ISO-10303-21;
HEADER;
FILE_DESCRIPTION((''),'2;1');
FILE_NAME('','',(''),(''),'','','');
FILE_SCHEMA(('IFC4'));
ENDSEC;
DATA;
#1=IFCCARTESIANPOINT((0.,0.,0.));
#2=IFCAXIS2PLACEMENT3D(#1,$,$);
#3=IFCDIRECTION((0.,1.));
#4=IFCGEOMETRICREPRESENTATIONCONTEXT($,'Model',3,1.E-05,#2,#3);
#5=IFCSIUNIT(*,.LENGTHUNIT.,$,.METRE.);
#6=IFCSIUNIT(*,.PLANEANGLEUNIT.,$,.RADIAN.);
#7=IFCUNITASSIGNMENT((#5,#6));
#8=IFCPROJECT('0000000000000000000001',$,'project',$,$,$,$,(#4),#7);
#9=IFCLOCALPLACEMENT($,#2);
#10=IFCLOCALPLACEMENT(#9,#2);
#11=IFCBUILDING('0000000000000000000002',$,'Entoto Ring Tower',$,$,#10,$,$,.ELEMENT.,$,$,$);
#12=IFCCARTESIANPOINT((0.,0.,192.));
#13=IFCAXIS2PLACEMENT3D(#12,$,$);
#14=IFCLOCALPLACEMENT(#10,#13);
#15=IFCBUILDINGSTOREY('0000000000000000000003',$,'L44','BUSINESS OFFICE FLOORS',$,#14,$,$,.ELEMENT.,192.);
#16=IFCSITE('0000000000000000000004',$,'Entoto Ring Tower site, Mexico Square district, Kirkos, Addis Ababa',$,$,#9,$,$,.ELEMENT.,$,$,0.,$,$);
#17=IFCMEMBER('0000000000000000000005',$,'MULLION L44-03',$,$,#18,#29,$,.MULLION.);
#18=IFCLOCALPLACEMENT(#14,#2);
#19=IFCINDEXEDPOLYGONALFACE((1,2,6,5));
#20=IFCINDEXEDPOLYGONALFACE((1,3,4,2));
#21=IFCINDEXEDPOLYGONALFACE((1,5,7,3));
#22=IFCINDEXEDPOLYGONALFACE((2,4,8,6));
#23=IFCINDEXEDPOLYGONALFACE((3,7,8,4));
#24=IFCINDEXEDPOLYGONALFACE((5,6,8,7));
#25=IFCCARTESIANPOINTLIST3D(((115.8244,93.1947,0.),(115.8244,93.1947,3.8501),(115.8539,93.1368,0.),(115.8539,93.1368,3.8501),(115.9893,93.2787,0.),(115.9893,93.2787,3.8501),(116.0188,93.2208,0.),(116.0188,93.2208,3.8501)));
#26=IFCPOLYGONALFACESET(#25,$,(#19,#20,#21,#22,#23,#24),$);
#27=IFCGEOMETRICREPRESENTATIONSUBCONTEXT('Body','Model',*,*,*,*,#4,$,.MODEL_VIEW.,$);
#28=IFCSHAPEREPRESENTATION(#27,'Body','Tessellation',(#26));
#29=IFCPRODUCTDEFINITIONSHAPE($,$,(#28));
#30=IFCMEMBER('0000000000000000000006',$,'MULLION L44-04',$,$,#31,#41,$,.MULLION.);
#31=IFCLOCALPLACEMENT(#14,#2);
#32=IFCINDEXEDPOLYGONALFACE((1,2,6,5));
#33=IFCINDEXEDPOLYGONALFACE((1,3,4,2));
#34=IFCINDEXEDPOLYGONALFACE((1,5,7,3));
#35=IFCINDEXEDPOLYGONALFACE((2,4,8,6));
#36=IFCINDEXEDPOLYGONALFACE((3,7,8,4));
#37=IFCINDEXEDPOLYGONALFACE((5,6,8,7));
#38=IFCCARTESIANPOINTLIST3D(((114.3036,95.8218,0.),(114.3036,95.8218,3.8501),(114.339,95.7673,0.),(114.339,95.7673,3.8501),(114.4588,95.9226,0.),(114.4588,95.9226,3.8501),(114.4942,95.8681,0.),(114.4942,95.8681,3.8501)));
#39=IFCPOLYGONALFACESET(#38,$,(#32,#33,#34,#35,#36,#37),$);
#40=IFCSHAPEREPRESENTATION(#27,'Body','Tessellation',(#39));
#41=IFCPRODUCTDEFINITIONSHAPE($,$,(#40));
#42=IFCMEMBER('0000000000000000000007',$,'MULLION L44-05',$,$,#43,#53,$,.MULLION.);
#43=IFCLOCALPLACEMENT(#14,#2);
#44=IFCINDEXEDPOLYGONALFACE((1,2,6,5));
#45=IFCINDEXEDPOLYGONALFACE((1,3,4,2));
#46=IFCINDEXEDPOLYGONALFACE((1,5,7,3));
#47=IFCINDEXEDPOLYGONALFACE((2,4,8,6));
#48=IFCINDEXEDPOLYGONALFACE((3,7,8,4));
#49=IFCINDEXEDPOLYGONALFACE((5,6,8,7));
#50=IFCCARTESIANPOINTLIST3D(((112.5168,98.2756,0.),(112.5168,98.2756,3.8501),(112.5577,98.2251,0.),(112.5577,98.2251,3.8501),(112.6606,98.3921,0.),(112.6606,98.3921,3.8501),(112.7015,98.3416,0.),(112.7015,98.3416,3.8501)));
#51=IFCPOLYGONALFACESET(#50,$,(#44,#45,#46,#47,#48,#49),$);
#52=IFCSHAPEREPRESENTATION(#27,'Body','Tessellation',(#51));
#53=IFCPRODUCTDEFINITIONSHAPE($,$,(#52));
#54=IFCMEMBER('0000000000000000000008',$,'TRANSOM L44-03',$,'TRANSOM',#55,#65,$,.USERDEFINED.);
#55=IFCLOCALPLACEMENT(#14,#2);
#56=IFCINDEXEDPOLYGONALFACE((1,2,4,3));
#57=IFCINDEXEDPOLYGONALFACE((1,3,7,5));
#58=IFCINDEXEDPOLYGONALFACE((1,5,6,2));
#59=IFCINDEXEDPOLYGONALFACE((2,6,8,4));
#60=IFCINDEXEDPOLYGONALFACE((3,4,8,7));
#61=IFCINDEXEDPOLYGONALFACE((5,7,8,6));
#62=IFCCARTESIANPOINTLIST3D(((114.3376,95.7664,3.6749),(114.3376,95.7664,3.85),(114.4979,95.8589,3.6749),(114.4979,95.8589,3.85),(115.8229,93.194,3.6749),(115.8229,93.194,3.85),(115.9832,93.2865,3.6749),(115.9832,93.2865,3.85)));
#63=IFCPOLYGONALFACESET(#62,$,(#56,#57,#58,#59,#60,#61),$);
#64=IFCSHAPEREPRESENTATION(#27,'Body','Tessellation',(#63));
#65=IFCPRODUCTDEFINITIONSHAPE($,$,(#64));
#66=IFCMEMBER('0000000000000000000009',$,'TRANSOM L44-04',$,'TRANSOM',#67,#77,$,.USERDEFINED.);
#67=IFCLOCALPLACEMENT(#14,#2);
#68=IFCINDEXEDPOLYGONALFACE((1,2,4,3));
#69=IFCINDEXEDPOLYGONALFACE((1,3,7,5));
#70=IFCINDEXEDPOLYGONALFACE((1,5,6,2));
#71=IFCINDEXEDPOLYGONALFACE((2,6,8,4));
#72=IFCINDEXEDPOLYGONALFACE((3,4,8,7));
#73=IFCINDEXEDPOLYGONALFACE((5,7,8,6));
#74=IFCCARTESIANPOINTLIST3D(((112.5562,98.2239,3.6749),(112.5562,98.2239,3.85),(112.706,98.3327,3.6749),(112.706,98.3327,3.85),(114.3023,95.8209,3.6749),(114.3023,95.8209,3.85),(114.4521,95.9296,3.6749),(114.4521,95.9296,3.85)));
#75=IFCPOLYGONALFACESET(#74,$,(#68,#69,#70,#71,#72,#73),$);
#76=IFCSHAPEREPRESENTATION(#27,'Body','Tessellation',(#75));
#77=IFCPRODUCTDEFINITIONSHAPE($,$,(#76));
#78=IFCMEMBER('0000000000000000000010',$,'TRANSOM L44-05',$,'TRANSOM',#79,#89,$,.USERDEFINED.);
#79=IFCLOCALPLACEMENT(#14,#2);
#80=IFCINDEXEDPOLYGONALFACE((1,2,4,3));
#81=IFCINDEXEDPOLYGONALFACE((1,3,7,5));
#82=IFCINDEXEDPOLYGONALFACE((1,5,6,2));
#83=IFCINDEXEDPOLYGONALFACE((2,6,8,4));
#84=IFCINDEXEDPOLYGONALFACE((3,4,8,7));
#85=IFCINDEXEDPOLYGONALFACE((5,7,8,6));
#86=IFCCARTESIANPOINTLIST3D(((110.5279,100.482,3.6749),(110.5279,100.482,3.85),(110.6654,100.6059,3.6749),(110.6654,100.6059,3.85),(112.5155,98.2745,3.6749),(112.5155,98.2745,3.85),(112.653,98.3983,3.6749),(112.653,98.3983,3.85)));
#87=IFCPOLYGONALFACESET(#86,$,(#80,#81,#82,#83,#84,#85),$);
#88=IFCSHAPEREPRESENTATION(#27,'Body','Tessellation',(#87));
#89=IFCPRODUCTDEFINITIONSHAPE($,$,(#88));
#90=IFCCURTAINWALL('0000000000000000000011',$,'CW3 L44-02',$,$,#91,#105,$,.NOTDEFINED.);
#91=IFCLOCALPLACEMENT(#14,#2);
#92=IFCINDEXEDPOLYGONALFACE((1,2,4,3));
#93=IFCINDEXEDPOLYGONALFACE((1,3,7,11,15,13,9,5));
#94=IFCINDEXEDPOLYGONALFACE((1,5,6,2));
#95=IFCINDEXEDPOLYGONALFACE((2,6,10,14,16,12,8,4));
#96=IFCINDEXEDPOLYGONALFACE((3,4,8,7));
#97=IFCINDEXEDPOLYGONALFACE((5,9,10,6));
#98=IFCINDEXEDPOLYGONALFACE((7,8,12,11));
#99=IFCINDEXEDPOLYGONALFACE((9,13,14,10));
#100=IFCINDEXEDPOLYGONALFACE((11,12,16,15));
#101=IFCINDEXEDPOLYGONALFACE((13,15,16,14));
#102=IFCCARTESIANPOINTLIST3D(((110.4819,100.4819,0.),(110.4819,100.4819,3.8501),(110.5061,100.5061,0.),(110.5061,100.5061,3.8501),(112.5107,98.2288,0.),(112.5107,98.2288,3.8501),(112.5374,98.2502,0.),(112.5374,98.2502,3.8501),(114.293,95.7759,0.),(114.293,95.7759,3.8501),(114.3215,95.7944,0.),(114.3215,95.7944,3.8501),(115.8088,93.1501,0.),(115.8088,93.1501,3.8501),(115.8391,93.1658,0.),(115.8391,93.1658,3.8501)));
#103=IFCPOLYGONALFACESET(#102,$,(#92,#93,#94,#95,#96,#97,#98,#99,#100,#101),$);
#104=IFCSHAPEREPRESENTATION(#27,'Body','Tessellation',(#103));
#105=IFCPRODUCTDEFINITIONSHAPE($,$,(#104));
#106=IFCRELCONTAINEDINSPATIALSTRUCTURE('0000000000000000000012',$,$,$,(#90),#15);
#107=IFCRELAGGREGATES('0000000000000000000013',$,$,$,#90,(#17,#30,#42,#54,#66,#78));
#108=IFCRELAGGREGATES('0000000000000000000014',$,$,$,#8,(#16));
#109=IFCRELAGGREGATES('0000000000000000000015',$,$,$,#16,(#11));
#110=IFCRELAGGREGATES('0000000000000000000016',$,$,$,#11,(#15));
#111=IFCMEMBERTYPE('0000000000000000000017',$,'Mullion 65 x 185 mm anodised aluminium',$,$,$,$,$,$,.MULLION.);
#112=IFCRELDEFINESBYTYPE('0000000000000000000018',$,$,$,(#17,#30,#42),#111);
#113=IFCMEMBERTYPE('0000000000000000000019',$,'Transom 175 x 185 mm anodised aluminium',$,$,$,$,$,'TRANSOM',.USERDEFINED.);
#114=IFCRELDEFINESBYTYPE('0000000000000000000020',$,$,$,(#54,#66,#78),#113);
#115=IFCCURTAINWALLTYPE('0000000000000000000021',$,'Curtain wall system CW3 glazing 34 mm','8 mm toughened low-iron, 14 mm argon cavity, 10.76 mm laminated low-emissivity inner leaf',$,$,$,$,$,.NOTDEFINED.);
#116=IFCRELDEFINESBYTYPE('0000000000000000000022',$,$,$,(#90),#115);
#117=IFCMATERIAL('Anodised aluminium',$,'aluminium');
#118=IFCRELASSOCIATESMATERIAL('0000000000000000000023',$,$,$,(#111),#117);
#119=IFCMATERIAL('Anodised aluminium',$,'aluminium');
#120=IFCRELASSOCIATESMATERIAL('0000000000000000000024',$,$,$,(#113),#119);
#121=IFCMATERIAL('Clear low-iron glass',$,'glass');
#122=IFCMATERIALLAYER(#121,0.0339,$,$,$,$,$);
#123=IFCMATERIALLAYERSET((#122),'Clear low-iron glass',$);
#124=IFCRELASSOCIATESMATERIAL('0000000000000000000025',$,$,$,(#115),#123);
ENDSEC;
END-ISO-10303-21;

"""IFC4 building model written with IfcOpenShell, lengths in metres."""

from ifc_helpers import new_model, si_unit, direction, frame, origin, origin_2d, place, context, subcontext, project, spatial, polyline, rectangle, outline, extrude, material, layer, layer_set, material_profile, profile_set, type_object, element, aggregate, save


model = new_model("IFC4")

# Units and contexts
model_context = context("Model", 3, precision=1e-05, world=origin(), true_north=direction((0.0, 1.0)))
body_context = subcontext(model_context, "Body", "Model", "MODEL_VIEW")
ifc_project = project(units=[si_unit("LENGTHUNIT", "METRE"), si_unit("PLANEANGLEUNIT", "RADIAN")], contexts=[model_context])

# Members
ifc_material_1 = material(Name="Anodised aluminium", Category="aluminium")
ifc_material_profile_1 = material_profile(ifc_material_1, rectangle(XDim=0.0649, YDim=0.1851, at=origin_2d()), Name="Mullion 65 x 185 mm anodised aluminium")
ifc_profile_set_1 = profile_set([ifc_material_profile_1], Name="Anodised aluminium")
member_type_1 = type_object("IfcMemberType", Name="Mullion 65 x 185 mm anodised aluminium", PredefinedType="MULLION", material=ifc_profile_set_1)
site_placement = place(None, origin())
building_placement = place(site_placement, origin())
storey_placement = place(building_placement, frame((0.0, 0.0, 192.0)))
member_1_placement = place(storey_placement, frame((115.9216, 93.2078, 0.0), z_axis=(0.0, 0.0, 1.0), x_axis=(-0.45399, 0.891007, 0.0)))
member_1 = element("IfcMember", 1, at=member_1_placement, type_object=member_type_1, Name="MULLION L44-03", PredefinedType="MULLION", context=body_context, shape_type="SweptSolid", body=[
    extrude(rectangle(XDim=0.0649, YDim=0.1851, at=origin_2d()), origin(), (0.0, 0.0, 1.0), 3.8501),
])
member_2_placement = place(storey_placement, frame((114.3989, 95.845, 0.0), z_axis=(0.0, 0.0, 1.0), x_axis=(-0.544639, 0.838671, 0.0)))
member_2 = element("IfcMember", 2, at=member_2_placement, type_object=member_type_1, Name="MULLION L44-04", PredefinedType="MULLION", context=body_context, shape_type="SweptSolid", body=[
    extrude(rectangle(XDim=0.0649, YDim=0.1851, at=origin_2d()), origin(), (0.0, 0.0, 1.0), 3.8501),
])
member_3_placement = place(storey_placement, frame((112.6091, 98.3086, 0.0), z_axis=(0.0, 0.0, 1.0), x_axis=(-0.62932, 0.777146, 0.0)))
member_3 = element("IfcMember", 3, at=member_3_placement, type_object=member_type_1, Name="MULLION L44-05", PredefinedType="MULLION", context=body_context, shape_type="SweptSolid", body=[
    extrude(rectangle(XDim=0.0649, YDim=0.1851, at=origin_2d()), origin(), (0.0, 0.0, 1.0), 3.8501),
])
ifc_material_2 = material(Name="Anodised aluminium", Category="aluminium")
ifc_material_profile_2 = material_profile(ifc_material_2, rectangle(XDim=0.1851, YDim=0.175, at=origin_2d()), Name="Transom 175 x 185 mm anodised aluminium")
ifc_profile_set_2 = profile_set([ifc_material_profile_2], Name="Anodised aluminium")
member_type_2 = type_object("IfcMemberType", Name="Transom 175 x 185 mm anodised aluminium", ElementType="TRANSOM", PredefinedType="USERDEFINED", material=ifc_profile_set_2)
member_4_placement = place(storey_placement, frame((115.9031, 93.2402, 3.7625), z_axis=(-0.500028, 0.866009, 0.0), x_axis=(-0.866009, -0.500028, 0.0)))
member_4 = element("IfcMember", 4, at=member_4_placement, type_object=member_type_2, Name="TRANSOM L44-03", ObjectType="TRANSOM", PredefinedType="USERDEFINED", context=body_context, shape_type="SweptSolid", body=[
    extrude(rectangle(XDim=0.1851, YDim=0.175, at=origin_2d()), origin(), (0.0, 0.0, 1.0), 2.9705),
])
member_5_placement = place(storey_placement, frame((114.3772, 95.8752, 3.7625), z_axis=(-0.58782, 0.808992, 0.0), x_axis=(-0.808992, -0.58782, 0.0)))
member_5 = element("IfcMember", 5, at=member_5_placement, type_object=member_type_2, Name="TRANSOM L44-04", ObjectType="TRANSOM", PredefinedType="USERDEFINED", context=body_context, shape_type="SweptSolid", body=[
    extrude(rectangle(XDim=0.1851, YDim=0.175, at=origin_2d()), origin(), (0.0, 0.0, 1.0), 2.9705),
])
member_6_placement = place(storey_placement, frame((112.5842, 98.3364, 3.7625), z_axis=(-0.66911, 0.743163, 0.0), x_axis=(-0.743163, -0.66911, 0.0)))
member_6 = element("IfcMember", 6, at=member_6_placement, type_object=member_type_2, Name="TRANSOM L44-05", ObjectType="TRANSOM", PredefinedType="USERDEFINED", context=body_context, shape_type="SweptSolid", body=[
    extrude(rectangle(XDim=0.1851, YDim=0.175, at=origin_2d()), origin(), (0.0, 0.0, 1.0), 2.9705),
])

# Site, building, storey
site = spatial("IfcSite", under=ifc_project, at=site_placement, Name="Entoto Ring Tower site, Mexico Square district, Kirkos, Addis Ababa", CompositionType="ELEMENT", RefElevation=0.0)
building = spatial("IfcBuilding", under=site, at=building_placement, Name="Entoto Ring Tower", CompositionType="ELEMENT")
storey = spatial("IfcBuildingStorey", under=building, at=storey_placement, Name="L44", Description="BUSINESS OFFICE FLOORS", CompositionType="ELEMENT", Elevation=192.0)

# Curtain wall
ifc_material_3 = material(Name="Clear low-iron glass", Category="glass")
ifc_layer_1 = layer(ifc_material_3, 0.0339)
ifc_layer_set_1 = layer_set([ifc_layer_1], Name="Clear low-iron glass")
curtain_wall_type = type_object("IfcCurtainWallType", Name="Curtain wall system CW3 glazing 34 mm", Description="8 mm toughened low-iron, 14 mm argon cavity, 10.76 mm laminated low-emissivity inner leaf", PredefinedType="NOTDEFINED", material=ifc_layer_set_1)
curtain_wall_1_placement = place(storey_placement, origin())
curtain_wall_1 = element("IfcCurtainWall", 7, at=curtain_wall_1_placement, inside=storey, type_object=curtain_wall_type, Name="CW3 L44-02", PredefinedType="NOTDEFINED", context=body_context, shape_type="SweptSolid", body=[
    extrude(outline(polyline([(115.8391, 93.1658), (114.3215, 95.7944), (112.5374, 98.2502), (110.5061, 100.5061), (110.4819, 100.4819), (112.5107, 98.2288), (114.293, 95.7759), (115.8088, 93.1501), (115.8391, 93.1658)])), origin(), (0.0, 0.0, 1.0), 3.8501),
])
aggregate(curtain_wall_1, [member_1, member_2, member_3, member_4, member_5, member_6])

save(model, "model.ifc")
